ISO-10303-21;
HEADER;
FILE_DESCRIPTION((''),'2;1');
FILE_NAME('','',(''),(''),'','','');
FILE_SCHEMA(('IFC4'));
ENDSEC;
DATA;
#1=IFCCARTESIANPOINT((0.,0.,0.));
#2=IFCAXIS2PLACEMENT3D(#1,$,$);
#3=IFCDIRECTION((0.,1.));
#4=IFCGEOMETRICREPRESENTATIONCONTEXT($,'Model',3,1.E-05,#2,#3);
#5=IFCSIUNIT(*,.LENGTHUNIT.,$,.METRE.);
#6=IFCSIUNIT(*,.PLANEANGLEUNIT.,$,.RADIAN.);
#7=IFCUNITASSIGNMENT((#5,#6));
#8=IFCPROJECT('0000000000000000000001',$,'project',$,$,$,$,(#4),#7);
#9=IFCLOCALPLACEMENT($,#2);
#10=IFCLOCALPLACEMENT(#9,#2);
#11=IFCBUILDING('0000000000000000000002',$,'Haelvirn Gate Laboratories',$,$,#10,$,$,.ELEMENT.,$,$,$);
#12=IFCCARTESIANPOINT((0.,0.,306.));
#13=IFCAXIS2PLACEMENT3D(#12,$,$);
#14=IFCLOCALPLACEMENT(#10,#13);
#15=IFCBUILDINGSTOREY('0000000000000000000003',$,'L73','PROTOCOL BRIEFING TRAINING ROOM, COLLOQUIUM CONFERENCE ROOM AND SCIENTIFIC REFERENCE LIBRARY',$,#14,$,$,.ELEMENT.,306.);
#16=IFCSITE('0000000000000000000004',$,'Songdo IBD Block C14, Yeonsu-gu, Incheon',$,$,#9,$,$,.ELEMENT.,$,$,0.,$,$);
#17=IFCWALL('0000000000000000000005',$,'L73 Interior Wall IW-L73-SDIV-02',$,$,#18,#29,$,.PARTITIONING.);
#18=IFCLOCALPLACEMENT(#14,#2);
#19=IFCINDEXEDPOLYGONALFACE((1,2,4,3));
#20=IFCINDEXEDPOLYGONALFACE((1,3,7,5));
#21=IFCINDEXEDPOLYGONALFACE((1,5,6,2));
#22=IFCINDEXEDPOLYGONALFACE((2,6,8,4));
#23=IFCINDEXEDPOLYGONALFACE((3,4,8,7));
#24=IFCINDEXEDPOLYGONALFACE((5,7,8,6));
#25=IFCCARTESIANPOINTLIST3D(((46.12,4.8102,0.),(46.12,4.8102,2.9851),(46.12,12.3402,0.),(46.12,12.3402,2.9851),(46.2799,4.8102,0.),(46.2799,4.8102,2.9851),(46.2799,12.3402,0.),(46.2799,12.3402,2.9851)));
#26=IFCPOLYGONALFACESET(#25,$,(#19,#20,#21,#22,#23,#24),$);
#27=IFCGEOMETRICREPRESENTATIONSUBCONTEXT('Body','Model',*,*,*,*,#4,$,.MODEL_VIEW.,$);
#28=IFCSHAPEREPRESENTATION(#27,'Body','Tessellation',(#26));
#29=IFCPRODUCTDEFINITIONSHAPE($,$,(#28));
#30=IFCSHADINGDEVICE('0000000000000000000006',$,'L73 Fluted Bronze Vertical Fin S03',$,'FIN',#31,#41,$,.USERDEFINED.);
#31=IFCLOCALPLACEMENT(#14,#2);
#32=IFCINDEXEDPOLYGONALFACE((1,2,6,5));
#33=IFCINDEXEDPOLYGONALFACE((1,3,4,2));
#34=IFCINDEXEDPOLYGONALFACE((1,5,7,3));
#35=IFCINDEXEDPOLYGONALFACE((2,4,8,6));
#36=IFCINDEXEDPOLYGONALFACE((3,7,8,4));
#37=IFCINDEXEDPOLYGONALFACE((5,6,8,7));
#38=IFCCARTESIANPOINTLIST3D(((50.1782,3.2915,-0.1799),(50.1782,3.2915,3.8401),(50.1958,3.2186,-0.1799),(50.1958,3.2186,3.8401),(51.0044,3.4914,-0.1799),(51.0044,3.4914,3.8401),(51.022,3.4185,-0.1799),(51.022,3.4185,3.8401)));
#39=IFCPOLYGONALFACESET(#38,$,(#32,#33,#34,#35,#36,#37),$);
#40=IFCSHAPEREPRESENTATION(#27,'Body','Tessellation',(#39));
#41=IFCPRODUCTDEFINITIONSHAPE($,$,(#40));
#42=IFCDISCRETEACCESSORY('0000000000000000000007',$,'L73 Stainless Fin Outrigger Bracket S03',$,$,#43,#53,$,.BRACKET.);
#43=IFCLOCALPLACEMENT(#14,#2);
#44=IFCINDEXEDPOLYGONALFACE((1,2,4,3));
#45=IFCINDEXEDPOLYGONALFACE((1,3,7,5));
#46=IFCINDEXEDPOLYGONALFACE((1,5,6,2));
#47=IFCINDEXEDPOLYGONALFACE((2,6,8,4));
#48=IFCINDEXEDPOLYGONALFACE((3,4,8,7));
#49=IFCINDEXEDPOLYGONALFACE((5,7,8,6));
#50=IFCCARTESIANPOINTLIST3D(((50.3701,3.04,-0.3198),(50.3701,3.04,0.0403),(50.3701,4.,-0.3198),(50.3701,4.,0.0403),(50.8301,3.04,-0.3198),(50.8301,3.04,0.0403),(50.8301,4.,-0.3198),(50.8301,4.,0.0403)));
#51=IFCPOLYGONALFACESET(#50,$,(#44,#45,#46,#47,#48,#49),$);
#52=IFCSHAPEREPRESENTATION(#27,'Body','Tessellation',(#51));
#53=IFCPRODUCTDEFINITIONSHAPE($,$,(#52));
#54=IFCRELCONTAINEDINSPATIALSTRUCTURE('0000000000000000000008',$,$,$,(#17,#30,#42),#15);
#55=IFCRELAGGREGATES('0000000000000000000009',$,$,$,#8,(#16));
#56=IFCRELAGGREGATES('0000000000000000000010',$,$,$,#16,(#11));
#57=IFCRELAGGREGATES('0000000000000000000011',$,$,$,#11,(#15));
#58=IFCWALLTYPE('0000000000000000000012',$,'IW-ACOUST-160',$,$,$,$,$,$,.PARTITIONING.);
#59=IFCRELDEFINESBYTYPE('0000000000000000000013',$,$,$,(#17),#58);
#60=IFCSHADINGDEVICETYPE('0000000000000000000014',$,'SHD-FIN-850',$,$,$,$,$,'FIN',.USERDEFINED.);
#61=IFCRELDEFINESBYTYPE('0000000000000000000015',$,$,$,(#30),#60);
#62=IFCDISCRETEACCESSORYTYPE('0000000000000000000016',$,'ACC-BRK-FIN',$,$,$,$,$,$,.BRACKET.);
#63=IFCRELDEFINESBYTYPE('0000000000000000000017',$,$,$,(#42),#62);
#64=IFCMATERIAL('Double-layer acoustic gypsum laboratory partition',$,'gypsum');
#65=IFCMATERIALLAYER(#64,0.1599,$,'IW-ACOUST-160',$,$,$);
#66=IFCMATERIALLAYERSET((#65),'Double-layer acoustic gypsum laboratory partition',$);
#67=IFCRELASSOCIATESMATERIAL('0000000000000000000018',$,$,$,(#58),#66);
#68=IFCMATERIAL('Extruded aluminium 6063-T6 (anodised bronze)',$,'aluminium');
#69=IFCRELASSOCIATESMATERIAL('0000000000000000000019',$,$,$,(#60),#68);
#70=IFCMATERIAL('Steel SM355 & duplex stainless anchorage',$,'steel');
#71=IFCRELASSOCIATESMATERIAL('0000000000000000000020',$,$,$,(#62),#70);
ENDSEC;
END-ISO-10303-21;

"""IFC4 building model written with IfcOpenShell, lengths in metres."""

from ifc_helpers import new_model, si_unit, direction, frame, frame_2d, origin, origin_2d, place, context, subcontext, project, spatial, rectangle, extrude, source, transform, mapped, material, layer, layer_set, material_profile, profile_set, type_object, type_shapes, element, save


model = new_model("IFC4")

# Units and contexts
model_context = context("Model", 3, precision=1e-05, world=origin(), true_north=direction((0.0, 1.0)))
body_context = subcontext(model_context, "Body", "Model", "MODEL_VIEW")
ifc_project = project(units=[si_unit("LENGTHUNIT", "METRE"), si_unit("PLANEANGLEUNIT", "RADIAN")], contexts=[model_context])

# Site, building, storey
site_placement = place(None, origin())
site = spatial("IfcSite", under=ifc_project, at=site_placement, Name="Songdo IBD Block C14, Yeonsu-gu, Incheon", CompositionType="ELEMENT", RefElevation=0.0)
building_placement = place(site_placement, origin())
building = spatial("IfcBuilding", under=site, at=building_placement, Name="Haelvirn Gate Laboratories", CompositionType="ELEMENT")
storey_placement = place(building_placement, frame((0.0, 0.0, 306.0)))
storey = spatial("IfcBuildingStorey", under=building, at=storey_placement, Name="L73", Description="PROTOCOL BRIEFING TRAINING ROOM, COLLOQUIUM CONFERENCE ROOM AND SCIENTIFIC REFERENCE LIBRARY", CompositionType="ELEMENT", Elevation=306.0)

# Shared definitions
ifc_material_1 = material(Name="Extruded aluminium 6063-T6 (anodised bronze)", Category="aluminium")

# Wall
ifc_material_2 = material(Name="Double-layer acoustic gypsum laboratory partition", Category="gypsum")
ifc_layer_1 = layer(ifc_material_2, 0.1599, Name="IW-ACOUST-160")
ifc_layer_set_1 = layer_set([ifc_layer_1], Name="Double-layer acoustic gypsum laboratory partition")
wall_type_1 = type_object("IfcWallType", Name="IW-ACOUST-160", PredefinedType="PARTITIONING", material=ifc_layer_set_1)
wall_1_placement = place(storey_placement, frame((46.2, 4.8101, 0.0), z_axis=(0.0, 0.0, 1.0), x_axis=(0.0, 1.0, 0.0)))
element("IfcWall", 1, at=wall_1_placement, inside=storey, type_object=wall_type_1, Name="L73 Interior Wall IW-L73-SDIV-02", PredefinedType="PARTITIONING", context=body_context, shape_type="SweptSolid", body=[
    extrude(rectangle(XDim=7.53, YDim=0.1599, at=frame_2d((3.7651, 0.0))), origin(), (0.0, 0.0, 1.0), 2.9851),
])

# Shading device
ifc_material_profile_1 = material_profile(ifc_material_1, rectangle(XDim=0.075, YDim=0.8501, at=origin_2d()), Name="FIN-850x75")
ifc_profile_set_1 = profile_set([ifc_material_profile_1], Name="Extruded aluminium 6063-T6 (anodised bronze)")
shading_device_type = type_object("IfcShadingDeviceType", Name="SHD-FIN-850", ElementType="FIN", PredefinedType="USERDEFINED", material=ifc_profile_set_1)
shared_shape_1 = source(origin(), body_context, "Body", "SweptSolid", [
    extrude(rectangle(XDim=0.075, YDim=0.8501, at=origin_2d()), origin(), (0.0, 0.0, 1.0), 4.02),
])
type_shapes(shading_device_type, [shared_shape_1])
shading_device_placement = place(storey_placement, frame((50.6001, 3.355, -0.1799), z_axis=(0.0, 0.0, 1.0), x_axis=(-0.235142, 0.971961, 0.0)))
element("IfcShadingDevice", 2, at=shading_device_placement, inside=storey, type_object=shading_device_type, Name="L73 Fluted Bronze Vertical Fin S03", ObjectType="FIN", PredefinedType="USERDEFINED", context=body_context, shape_type="MappedRepresentation", body=[
    mapped(shared_shape_1, transform((0.0, 0.0, 0.0), scale=1.0)),
])

# Discrete accessory
ifc_material_3 = material(Name="Steel SM355 & duplex stainless anchorage", Category="steel")
discrete_accessory_type = type_object("IfcDiscreteAccessoryType", Name="ACC-BRK-FIN", PredefinedType="BRACKET", material=ifc_material_3)
shared_shape_2 = source(origin(), body_context, "Body", "SweptSolid", [
    extrude(rectangle(XDim=0.46, YDim=0.96, at=origin_2d()), origin(), (0.0, 0.0, 1.0), 0.3601),
])
type_shapes(discrete_accessory_type, [shared_shape_2])
discrete_accessory_placement = place(storey_placement, frame((50.6001, 3.52, -0.3198), z_axis=(0.0, 0.0, 1.0), x_axis=(1.0, 0.0, 0.0)))
element("IfcDiscreteAccessory", 3, at=discrete_accessory_placement, inside=storey, type_object=discrete_accessory_type, Name="L73 Stainless Fin Outrigger Bracket S03", PredefinedType="BRACKET", context=body_context, shape_type="MappedRepresentation", body=[
    mapped(shared_shape_2, transform((0.0, 0.0, 0.0), scale=1.0)),
])

save(model, "model.ifc")
